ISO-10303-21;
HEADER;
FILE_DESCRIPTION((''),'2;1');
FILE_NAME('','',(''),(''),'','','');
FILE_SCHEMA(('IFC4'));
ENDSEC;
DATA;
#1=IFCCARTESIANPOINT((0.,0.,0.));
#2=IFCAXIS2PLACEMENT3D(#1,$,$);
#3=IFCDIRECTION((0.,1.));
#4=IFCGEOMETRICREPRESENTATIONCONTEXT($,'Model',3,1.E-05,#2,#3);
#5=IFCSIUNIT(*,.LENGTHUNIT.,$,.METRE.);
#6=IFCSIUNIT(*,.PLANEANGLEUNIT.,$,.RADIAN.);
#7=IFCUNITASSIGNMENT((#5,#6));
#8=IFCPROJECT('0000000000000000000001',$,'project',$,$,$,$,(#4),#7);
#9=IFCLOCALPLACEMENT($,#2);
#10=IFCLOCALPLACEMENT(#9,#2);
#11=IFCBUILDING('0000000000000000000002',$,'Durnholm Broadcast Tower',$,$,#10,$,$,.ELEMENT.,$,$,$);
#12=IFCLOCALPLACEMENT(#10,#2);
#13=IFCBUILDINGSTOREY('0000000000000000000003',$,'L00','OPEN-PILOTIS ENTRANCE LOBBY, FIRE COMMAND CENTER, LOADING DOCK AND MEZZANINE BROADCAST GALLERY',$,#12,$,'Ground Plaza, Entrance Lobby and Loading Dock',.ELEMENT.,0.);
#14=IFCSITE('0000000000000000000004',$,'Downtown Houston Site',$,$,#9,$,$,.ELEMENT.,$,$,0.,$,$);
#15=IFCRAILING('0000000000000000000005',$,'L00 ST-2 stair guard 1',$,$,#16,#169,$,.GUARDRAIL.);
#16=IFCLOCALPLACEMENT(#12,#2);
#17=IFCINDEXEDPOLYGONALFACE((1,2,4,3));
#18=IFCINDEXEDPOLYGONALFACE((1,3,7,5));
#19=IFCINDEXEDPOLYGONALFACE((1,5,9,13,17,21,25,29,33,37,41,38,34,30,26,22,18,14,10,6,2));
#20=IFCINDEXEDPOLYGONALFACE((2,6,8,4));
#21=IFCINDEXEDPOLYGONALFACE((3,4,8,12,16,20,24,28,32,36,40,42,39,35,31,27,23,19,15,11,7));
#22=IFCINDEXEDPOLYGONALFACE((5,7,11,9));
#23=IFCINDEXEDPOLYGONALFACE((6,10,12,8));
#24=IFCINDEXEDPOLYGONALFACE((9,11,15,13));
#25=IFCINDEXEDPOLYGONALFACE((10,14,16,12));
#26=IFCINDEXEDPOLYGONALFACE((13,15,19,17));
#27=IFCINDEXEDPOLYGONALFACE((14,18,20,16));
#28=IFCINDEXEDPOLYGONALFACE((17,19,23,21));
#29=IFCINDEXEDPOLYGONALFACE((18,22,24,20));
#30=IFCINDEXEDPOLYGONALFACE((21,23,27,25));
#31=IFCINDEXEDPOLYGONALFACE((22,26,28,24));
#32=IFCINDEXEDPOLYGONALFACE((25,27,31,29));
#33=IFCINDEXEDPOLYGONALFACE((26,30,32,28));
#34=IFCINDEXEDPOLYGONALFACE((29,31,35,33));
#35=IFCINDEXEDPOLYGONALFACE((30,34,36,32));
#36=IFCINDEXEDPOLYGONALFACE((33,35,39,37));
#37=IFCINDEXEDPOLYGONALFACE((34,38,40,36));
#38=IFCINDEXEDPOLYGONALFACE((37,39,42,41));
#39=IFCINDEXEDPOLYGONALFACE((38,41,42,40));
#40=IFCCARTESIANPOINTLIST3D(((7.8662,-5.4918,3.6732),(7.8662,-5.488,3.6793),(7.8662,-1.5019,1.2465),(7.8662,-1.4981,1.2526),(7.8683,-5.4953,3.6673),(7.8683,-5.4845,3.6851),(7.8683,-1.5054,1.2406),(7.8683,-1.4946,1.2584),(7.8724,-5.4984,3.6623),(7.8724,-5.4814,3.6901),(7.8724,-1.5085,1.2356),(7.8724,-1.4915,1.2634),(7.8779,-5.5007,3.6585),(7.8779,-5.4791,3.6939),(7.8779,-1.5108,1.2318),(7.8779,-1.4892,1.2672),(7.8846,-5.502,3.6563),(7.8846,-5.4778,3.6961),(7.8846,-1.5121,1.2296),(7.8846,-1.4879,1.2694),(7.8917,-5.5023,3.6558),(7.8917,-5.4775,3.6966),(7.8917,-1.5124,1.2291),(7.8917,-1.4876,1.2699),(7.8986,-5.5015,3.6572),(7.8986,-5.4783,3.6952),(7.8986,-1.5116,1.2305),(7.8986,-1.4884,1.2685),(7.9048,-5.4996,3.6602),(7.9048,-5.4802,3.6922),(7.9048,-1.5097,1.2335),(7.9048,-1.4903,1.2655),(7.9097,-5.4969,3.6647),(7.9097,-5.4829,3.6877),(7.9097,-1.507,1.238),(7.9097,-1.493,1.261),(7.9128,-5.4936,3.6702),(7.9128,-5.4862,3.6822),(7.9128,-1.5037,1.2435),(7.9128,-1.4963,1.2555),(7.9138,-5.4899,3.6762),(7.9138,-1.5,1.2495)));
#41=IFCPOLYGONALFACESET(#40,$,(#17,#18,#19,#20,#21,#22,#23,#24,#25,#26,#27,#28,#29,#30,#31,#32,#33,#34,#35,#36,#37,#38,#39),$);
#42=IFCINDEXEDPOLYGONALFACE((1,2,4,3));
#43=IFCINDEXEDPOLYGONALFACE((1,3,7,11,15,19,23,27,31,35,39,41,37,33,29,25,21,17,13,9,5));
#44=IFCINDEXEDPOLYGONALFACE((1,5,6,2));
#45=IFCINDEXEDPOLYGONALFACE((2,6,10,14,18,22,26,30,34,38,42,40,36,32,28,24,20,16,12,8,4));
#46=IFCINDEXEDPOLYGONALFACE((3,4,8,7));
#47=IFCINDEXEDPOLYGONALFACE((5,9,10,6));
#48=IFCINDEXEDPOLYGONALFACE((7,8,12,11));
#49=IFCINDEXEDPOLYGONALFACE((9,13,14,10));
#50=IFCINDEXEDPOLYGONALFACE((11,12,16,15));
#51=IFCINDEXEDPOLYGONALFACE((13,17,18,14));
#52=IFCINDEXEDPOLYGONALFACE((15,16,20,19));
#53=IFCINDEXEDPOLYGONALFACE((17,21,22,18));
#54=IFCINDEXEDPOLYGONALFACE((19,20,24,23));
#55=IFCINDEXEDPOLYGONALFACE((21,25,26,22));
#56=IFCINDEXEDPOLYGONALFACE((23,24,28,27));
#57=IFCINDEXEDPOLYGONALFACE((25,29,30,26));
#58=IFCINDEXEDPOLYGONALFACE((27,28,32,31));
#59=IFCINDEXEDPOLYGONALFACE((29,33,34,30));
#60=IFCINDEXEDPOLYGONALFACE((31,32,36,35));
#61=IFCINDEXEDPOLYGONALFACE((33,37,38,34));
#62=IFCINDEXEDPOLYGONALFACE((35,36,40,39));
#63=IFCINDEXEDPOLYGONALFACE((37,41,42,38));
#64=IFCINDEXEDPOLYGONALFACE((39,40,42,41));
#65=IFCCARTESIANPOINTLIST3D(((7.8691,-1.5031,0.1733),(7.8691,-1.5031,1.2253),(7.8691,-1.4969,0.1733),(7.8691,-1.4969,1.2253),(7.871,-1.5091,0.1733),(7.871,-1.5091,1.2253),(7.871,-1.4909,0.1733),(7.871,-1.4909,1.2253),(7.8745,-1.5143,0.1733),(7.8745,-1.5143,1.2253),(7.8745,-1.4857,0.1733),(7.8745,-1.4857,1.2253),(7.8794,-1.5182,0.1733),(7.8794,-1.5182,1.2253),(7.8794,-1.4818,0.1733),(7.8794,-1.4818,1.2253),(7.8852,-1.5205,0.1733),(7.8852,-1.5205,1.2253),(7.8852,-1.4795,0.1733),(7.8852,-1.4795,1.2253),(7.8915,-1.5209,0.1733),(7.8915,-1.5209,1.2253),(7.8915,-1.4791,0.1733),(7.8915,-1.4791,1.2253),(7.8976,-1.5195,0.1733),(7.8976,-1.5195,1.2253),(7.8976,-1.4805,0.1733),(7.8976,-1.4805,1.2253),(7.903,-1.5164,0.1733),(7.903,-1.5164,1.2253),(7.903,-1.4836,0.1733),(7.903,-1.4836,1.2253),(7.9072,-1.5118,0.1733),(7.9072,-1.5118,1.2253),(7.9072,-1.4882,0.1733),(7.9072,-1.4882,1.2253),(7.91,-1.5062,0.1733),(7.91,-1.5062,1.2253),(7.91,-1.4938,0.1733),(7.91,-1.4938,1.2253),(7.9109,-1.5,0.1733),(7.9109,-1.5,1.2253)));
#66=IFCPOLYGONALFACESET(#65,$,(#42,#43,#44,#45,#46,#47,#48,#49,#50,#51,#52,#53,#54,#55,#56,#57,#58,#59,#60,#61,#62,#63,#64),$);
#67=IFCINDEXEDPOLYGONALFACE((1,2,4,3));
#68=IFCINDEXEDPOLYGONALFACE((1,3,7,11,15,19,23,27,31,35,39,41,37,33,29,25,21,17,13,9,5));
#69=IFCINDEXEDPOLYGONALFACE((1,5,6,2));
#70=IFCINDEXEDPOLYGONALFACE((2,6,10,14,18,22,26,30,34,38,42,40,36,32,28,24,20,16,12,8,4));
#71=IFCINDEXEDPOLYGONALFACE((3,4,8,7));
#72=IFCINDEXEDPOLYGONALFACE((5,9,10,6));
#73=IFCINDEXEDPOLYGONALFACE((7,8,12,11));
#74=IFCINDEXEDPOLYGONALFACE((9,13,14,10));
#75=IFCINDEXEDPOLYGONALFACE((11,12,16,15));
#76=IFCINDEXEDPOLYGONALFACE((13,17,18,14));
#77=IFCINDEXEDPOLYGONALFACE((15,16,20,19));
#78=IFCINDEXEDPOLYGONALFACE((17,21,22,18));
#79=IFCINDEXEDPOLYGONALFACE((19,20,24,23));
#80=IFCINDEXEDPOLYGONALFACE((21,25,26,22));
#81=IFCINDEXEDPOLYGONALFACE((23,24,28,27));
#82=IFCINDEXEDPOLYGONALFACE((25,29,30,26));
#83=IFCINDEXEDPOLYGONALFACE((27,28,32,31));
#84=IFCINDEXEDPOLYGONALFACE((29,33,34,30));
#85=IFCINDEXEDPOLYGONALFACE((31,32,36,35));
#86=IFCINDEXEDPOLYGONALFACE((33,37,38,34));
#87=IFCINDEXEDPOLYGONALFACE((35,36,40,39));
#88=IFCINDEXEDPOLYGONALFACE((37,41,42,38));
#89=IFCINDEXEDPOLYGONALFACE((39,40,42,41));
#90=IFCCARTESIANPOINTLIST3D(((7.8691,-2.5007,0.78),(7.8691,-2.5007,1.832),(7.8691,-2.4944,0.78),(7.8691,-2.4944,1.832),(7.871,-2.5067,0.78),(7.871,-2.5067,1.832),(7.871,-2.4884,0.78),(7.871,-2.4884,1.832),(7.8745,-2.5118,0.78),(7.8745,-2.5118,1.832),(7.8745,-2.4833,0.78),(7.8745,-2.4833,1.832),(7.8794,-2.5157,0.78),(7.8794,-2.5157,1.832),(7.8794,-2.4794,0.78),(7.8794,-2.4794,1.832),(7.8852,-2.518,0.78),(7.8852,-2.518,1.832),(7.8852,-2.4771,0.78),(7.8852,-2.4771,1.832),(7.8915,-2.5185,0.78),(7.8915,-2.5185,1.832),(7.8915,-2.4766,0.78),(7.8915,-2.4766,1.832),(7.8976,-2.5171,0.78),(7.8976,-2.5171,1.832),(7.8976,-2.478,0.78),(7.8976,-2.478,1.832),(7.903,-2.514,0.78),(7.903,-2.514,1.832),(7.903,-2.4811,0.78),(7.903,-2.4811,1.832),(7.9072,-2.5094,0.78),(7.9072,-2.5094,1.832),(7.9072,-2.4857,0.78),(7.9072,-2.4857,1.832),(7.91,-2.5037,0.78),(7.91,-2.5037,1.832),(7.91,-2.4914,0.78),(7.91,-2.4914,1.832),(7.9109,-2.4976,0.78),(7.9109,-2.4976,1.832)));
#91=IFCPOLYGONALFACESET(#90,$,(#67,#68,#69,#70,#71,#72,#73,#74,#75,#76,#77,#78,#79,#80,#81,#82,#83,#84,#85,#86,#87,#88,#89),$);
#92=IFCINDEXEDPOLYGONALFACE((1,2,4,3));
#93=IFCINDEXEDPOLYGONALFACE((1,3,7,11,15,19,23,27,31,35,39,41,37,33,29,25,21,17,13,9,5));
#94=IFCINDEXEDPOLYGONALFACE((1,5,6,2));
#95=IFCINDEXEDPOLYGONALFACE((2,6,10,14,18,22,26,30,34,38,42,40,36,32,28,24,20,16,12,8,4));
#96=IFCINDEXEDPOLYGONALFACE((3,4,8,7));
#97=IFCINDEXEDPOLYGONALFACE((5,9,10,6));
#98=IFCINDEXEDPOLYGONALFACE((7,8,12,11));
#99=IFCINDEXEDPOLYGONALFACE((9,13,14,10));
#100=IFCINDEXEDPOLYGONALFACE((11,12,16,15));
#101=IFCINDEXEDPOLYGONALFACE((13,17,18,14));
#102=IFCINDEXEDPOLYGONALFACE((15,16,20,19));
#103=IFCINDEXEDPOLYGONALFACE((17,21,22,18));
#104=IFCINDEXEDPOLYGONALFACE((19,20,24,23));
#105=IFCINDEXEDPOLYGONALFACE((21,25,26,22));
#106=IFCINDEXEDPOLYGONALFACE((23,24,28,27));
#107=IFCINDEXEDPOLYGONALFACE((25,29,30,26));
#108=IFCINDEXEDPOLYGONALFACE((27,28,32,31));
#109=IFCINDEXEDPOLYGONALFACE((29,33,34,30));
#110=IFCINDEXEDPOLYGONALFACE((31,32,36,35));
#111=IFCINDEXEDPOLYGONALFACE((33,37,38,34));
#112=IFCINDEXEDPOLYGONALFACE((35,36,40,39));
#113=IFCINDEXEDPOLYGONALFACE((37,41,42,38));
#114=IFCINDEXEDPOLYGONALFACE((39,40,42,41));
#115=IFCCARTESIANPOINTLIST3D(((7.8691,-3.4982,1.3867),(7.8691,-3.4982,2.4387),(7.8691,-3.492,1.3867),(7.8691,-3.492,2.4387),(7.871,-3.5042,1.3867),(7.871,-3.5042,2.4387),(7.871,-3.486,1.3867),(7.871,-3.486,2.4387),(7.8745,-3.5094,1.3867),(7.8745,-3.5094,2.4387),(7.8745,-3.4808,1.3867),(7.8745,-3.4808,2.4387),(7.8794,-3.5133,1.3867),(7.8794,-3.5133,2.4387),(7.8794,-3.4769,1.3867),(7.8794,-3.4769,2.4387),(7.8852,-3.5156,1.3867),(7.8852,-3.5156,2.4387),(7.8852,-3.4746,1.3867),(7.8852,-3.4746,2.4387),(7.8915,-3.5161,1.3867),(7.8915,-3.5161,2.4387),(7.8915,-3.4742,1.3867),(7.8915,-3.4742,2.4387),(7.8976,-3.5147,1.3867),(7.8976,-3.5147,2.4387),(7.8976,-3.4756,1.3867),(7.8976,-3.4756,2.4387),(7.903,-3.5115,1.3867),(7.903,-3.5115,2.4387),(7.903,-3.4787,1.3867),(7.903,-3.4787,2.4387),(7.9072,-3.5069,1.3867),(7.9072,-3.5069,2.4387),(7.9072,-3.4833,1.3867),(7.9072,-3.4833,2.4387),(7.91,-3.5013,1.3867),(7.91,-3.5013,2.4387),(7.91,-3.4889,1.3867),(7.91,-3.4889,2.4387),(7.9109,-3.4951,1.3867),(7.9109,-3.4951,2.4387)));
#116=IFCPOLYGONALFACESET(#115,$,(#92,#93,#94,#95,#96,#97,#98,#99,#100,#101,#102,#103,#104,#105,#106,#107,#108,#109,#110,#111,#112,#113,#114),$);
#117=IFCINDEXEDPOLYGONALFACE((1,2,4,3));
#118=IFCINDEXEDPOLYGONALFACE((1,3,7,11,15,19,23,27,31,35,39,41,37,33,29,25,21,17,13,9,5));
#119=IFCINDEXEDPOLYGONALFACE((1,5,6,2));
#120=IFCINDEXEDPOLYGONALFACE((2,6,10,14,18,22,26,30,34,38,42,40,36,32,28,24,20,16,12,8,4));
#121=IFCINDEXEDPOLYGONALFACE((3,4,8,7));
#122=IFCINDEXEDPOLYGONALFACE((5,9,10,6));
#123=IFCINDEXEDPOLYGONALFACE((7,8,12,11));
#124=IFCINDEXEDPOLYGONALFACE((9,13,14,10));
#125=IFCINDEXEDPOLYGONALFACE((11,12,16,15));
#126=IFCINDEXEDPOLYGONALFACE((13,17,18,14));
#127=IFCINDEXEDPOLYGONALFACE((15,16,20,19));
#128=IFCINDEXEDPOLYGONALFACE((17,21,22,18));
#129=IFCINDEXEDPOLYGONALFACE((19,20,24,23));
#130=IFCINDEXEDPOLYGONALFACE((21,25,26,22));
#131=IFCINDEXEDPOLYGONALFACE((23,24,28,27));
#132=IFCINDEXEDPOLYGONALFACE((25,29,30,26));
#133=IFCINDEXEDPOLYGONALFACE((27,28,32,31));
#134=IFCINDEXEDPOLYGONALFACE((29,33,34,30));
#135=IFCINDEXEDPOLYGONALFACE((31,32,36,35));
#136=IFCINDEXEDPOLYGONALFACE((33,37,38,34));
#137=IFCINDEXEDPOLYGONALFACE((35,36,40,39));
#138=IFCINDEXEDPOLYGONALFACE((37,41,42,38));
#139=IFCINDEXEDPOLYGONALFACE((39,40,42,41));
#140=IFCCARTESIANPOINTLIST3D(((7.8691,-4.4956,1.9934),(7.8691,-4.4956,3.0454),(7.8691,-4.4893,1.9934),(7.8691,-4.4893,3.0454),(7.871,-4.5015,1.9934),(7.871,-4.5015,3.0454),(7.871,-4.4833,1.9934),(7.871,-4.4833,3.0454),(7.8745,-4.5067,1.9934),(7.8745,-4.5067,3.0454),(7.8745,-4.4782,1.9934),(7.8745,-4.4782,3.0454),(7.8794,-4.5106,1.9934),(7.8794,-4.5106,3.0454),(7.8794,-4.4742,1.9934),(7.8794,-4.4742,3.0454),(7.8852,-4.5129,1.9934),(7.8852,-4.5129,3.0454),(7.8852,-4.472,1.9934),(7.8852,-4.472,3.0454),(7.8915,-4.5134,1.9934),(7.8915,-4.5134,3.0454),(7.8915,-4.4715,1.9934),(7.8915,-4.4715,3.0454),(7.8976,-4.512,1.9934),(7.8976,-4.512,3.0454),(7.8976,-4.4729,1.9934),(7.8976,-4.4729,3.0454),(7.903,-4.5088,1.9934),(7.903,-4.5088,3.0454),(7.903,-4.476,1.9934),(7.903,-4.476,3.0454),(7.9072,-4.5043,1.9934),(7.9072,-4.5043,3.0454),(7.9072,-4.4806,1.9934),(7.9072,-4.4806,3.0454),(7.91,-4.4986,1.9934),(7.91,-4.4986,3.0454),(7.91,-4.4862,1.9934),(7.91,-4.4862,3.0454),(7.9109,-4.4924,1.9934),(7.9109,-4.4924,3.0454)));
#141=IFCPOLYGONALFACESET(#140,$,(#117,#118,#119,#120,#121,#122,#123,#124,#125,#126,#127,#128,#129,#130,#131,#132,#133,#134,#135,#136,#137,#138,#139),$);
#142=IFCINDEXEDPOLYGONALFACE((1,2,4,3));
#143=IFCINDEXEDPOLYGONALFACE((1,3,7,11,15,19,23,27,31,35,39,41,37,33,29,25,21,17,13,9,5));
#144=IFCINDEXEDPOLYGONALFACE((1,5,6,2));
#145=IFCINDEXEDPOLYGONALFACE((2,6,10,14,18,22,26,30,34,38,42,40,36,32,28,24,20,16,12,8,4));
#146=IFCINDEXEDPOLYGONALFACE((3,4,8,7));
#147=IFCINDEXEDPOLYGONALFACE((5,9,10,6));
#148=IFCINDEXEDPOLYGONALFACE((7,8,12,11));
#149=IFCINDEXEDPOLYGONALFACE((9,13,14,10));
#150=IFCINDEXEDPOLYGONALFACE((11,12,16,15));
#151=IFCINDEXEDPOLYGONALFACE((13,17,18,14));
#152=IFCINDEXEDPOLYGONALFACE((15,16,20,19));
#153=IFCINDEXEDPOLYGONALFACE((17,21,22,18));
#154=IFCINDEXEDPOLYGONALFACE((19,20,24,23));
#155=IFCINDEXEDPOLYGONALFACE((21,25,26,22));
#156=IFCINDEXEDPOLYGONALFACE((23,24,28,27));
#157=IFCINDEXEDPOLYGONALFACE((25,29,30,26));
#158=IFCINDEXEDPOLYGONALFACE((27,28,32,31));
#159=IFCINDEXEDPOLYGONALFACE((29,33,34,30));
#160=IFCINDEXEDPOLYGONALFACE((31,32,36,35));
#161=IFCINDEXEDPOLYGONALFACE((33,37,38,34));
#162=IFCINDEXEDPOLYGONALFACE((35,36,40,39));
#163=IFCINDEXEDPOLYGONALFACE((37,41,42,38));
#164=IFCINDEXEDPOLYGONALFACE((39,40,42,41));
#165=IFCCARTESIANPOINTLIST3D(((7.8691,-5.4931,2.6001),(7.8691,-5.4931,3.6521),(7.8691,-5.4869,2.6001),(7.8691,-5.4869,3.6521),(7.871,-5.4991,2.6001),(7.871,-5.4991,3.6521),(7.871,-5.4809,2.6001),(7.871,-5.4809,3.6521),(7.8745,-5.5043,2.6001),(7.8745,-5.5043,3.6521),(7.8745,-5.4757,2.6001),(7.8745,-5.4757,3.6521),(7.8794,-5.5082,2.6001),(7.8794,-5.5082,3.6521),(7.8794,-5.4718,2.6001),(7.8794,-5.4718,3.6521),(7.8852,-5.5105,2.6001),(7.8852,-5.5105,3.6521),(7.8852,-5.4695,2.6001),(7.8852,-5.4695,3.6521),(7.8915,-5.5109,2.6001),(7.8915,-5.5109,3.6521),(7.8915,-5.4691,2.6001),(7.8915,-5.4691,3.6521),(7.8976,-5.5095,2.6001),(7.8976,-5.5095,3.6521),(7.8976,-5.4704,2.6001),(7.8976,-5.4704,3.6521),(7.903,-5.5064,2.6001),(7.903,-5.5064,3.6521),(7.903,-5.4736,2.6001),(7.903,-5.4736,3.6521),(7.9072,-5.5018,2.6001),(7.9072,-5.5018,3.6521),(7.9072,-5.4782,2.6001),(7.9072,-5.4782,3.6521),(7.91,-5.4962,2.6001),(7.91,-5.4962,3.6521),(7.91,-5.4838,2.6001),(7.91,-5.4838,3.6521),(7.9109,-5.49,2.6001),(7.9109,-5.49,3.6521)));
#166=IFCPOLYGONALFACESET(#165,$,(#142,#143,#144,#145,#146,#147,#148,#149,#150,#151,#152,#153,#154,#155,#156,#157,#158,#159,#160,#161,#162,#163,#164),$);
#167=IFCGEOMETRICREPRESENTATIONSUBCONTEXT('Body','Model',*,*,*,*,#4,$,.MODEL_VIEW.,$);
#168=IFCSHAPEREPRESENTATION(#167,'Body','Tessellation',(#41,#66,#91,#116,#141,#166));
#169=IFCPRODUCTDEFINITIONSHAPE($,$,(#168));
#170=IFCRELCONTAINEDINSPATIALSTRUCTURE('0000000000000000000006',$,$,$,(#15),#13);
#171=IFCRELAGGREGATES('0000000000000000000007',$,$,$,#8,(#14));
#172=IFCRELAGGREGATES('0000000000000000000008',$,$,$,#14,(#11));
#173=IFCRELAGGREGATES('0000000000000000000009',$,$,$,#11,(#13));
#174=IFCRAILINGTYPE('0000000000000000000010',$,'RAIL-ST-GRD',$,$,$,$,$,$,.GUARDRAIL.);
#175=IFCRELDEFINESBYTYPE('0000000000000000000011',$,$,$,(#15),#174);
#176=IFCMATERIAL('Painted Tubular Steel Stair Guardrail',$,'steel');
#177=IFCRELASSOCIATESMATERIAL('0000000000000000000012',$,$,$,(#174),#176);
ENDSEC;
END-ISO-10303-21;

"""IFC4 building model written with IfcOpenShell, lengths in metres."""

from ifc_helpers import new_model, si_unit, direction, frame, origin, origin_2d, place, context, subcontext, project, spatial, circle, extrude, material, type_object, element, save


model = new_model("IFC4")

# Units and contexts
model_context = context("Model", 3, precision=1e-05, world=origin(), true_north=direction((0.0, 1.0)))
body_context = subcontext(model_context, "Body", "Model", "MODEL_VIEW")
ifc_project = project(units=[si_unit("LENGTHUNIT", "METRE"), si_unit("PLANEANGLEUNIT", "RADIAN")], contexts=[model_context])

# Site, building, storey
site_placement = place(None, origin())
site = spatial("IfcSite", under=ifc_project, at=site_placement, Name="Downtown Houston Site", CompositionType="ELEMENT", RefElevation=0.0)
building_placement = place(site_placement, origin())
building = spatial("IfcBuilding", under=site, at=building_placement, Name="Durnholm Broadcast Tower", CompositionType="ELEMENT")
storey_placement = place(building_placement, origin())
storey = spatial("IfcBuildingStorey", under=building, at=storey_placement, Name="L00", Description="OPEN-PILOTIS ENTRANCE LOBBY, FIRE COMMAND CENTER, LOADING DOCK AND MEZZANINE BROADCAST GALLERY", LongName="Ground Plaza, Entrance Lobby and Loading Dock", CompositionType="ELEMENT", Elevation=0.0)

# Railing
ifc_material_1 = material(Name="Painted Tubular Steel Stair Guardrail", Category="steel")
railing_type_1 = type_object("IfcRailingType", Name="RAIL-ST-GRD", PredefinedType="GUARDRAIL", material=ifc_material_1)
railing_1_placement = place(storey_placement, frame((7.8899, -1.5, 0.1733)))
element("IfcRailing", 1, at=railing_1_placement, inside=storey, type_object=railing_type_1, Name="L00 ST-2 stair guard 1", PredefinedType="GUARDRAIL", context=body_context, shape_type="SweptSolid", body=[
    extrude(circle(Radius=0.0239, at=origin_2d()), frame((0.0, 0.0, 1.0762), z_axis=(0.0, -0.854382, 0.519645), x_axis=(1.0, 0.0, 0.0)), (0.0, 0.0, 1.0), 4.6699),
    extrude(circle(Radius=0.021, at=origin_2d()), origin(), (0.0, 0.0, 1.0), 1.052),
    extrude(circle(Radius=0.021, at=origin_2d()), frame((0.0, -0.9976, 0.6067)), (0.0, 0.0, 1.0), 1.052),
    extrude(circle(Radius=0.021, at=origin_2d()), frame((0.0, -1.9951, 1.2134)), (0.0, 0.0, 1.0), 1.052),
    extrude(circle(Radius=0.021, at=origin_2d()), frame((0.0, -2.9924, 1.8201)), (0.0, 0.0, 1.0), 1.052),
    extrude(circle(Radius=0.021, at=origin_2d()), frame((0.0, -3.99, 2.4268)), (0.0, 0.0, 1.0), 1.052),
])

save(model, "model.ifc")
